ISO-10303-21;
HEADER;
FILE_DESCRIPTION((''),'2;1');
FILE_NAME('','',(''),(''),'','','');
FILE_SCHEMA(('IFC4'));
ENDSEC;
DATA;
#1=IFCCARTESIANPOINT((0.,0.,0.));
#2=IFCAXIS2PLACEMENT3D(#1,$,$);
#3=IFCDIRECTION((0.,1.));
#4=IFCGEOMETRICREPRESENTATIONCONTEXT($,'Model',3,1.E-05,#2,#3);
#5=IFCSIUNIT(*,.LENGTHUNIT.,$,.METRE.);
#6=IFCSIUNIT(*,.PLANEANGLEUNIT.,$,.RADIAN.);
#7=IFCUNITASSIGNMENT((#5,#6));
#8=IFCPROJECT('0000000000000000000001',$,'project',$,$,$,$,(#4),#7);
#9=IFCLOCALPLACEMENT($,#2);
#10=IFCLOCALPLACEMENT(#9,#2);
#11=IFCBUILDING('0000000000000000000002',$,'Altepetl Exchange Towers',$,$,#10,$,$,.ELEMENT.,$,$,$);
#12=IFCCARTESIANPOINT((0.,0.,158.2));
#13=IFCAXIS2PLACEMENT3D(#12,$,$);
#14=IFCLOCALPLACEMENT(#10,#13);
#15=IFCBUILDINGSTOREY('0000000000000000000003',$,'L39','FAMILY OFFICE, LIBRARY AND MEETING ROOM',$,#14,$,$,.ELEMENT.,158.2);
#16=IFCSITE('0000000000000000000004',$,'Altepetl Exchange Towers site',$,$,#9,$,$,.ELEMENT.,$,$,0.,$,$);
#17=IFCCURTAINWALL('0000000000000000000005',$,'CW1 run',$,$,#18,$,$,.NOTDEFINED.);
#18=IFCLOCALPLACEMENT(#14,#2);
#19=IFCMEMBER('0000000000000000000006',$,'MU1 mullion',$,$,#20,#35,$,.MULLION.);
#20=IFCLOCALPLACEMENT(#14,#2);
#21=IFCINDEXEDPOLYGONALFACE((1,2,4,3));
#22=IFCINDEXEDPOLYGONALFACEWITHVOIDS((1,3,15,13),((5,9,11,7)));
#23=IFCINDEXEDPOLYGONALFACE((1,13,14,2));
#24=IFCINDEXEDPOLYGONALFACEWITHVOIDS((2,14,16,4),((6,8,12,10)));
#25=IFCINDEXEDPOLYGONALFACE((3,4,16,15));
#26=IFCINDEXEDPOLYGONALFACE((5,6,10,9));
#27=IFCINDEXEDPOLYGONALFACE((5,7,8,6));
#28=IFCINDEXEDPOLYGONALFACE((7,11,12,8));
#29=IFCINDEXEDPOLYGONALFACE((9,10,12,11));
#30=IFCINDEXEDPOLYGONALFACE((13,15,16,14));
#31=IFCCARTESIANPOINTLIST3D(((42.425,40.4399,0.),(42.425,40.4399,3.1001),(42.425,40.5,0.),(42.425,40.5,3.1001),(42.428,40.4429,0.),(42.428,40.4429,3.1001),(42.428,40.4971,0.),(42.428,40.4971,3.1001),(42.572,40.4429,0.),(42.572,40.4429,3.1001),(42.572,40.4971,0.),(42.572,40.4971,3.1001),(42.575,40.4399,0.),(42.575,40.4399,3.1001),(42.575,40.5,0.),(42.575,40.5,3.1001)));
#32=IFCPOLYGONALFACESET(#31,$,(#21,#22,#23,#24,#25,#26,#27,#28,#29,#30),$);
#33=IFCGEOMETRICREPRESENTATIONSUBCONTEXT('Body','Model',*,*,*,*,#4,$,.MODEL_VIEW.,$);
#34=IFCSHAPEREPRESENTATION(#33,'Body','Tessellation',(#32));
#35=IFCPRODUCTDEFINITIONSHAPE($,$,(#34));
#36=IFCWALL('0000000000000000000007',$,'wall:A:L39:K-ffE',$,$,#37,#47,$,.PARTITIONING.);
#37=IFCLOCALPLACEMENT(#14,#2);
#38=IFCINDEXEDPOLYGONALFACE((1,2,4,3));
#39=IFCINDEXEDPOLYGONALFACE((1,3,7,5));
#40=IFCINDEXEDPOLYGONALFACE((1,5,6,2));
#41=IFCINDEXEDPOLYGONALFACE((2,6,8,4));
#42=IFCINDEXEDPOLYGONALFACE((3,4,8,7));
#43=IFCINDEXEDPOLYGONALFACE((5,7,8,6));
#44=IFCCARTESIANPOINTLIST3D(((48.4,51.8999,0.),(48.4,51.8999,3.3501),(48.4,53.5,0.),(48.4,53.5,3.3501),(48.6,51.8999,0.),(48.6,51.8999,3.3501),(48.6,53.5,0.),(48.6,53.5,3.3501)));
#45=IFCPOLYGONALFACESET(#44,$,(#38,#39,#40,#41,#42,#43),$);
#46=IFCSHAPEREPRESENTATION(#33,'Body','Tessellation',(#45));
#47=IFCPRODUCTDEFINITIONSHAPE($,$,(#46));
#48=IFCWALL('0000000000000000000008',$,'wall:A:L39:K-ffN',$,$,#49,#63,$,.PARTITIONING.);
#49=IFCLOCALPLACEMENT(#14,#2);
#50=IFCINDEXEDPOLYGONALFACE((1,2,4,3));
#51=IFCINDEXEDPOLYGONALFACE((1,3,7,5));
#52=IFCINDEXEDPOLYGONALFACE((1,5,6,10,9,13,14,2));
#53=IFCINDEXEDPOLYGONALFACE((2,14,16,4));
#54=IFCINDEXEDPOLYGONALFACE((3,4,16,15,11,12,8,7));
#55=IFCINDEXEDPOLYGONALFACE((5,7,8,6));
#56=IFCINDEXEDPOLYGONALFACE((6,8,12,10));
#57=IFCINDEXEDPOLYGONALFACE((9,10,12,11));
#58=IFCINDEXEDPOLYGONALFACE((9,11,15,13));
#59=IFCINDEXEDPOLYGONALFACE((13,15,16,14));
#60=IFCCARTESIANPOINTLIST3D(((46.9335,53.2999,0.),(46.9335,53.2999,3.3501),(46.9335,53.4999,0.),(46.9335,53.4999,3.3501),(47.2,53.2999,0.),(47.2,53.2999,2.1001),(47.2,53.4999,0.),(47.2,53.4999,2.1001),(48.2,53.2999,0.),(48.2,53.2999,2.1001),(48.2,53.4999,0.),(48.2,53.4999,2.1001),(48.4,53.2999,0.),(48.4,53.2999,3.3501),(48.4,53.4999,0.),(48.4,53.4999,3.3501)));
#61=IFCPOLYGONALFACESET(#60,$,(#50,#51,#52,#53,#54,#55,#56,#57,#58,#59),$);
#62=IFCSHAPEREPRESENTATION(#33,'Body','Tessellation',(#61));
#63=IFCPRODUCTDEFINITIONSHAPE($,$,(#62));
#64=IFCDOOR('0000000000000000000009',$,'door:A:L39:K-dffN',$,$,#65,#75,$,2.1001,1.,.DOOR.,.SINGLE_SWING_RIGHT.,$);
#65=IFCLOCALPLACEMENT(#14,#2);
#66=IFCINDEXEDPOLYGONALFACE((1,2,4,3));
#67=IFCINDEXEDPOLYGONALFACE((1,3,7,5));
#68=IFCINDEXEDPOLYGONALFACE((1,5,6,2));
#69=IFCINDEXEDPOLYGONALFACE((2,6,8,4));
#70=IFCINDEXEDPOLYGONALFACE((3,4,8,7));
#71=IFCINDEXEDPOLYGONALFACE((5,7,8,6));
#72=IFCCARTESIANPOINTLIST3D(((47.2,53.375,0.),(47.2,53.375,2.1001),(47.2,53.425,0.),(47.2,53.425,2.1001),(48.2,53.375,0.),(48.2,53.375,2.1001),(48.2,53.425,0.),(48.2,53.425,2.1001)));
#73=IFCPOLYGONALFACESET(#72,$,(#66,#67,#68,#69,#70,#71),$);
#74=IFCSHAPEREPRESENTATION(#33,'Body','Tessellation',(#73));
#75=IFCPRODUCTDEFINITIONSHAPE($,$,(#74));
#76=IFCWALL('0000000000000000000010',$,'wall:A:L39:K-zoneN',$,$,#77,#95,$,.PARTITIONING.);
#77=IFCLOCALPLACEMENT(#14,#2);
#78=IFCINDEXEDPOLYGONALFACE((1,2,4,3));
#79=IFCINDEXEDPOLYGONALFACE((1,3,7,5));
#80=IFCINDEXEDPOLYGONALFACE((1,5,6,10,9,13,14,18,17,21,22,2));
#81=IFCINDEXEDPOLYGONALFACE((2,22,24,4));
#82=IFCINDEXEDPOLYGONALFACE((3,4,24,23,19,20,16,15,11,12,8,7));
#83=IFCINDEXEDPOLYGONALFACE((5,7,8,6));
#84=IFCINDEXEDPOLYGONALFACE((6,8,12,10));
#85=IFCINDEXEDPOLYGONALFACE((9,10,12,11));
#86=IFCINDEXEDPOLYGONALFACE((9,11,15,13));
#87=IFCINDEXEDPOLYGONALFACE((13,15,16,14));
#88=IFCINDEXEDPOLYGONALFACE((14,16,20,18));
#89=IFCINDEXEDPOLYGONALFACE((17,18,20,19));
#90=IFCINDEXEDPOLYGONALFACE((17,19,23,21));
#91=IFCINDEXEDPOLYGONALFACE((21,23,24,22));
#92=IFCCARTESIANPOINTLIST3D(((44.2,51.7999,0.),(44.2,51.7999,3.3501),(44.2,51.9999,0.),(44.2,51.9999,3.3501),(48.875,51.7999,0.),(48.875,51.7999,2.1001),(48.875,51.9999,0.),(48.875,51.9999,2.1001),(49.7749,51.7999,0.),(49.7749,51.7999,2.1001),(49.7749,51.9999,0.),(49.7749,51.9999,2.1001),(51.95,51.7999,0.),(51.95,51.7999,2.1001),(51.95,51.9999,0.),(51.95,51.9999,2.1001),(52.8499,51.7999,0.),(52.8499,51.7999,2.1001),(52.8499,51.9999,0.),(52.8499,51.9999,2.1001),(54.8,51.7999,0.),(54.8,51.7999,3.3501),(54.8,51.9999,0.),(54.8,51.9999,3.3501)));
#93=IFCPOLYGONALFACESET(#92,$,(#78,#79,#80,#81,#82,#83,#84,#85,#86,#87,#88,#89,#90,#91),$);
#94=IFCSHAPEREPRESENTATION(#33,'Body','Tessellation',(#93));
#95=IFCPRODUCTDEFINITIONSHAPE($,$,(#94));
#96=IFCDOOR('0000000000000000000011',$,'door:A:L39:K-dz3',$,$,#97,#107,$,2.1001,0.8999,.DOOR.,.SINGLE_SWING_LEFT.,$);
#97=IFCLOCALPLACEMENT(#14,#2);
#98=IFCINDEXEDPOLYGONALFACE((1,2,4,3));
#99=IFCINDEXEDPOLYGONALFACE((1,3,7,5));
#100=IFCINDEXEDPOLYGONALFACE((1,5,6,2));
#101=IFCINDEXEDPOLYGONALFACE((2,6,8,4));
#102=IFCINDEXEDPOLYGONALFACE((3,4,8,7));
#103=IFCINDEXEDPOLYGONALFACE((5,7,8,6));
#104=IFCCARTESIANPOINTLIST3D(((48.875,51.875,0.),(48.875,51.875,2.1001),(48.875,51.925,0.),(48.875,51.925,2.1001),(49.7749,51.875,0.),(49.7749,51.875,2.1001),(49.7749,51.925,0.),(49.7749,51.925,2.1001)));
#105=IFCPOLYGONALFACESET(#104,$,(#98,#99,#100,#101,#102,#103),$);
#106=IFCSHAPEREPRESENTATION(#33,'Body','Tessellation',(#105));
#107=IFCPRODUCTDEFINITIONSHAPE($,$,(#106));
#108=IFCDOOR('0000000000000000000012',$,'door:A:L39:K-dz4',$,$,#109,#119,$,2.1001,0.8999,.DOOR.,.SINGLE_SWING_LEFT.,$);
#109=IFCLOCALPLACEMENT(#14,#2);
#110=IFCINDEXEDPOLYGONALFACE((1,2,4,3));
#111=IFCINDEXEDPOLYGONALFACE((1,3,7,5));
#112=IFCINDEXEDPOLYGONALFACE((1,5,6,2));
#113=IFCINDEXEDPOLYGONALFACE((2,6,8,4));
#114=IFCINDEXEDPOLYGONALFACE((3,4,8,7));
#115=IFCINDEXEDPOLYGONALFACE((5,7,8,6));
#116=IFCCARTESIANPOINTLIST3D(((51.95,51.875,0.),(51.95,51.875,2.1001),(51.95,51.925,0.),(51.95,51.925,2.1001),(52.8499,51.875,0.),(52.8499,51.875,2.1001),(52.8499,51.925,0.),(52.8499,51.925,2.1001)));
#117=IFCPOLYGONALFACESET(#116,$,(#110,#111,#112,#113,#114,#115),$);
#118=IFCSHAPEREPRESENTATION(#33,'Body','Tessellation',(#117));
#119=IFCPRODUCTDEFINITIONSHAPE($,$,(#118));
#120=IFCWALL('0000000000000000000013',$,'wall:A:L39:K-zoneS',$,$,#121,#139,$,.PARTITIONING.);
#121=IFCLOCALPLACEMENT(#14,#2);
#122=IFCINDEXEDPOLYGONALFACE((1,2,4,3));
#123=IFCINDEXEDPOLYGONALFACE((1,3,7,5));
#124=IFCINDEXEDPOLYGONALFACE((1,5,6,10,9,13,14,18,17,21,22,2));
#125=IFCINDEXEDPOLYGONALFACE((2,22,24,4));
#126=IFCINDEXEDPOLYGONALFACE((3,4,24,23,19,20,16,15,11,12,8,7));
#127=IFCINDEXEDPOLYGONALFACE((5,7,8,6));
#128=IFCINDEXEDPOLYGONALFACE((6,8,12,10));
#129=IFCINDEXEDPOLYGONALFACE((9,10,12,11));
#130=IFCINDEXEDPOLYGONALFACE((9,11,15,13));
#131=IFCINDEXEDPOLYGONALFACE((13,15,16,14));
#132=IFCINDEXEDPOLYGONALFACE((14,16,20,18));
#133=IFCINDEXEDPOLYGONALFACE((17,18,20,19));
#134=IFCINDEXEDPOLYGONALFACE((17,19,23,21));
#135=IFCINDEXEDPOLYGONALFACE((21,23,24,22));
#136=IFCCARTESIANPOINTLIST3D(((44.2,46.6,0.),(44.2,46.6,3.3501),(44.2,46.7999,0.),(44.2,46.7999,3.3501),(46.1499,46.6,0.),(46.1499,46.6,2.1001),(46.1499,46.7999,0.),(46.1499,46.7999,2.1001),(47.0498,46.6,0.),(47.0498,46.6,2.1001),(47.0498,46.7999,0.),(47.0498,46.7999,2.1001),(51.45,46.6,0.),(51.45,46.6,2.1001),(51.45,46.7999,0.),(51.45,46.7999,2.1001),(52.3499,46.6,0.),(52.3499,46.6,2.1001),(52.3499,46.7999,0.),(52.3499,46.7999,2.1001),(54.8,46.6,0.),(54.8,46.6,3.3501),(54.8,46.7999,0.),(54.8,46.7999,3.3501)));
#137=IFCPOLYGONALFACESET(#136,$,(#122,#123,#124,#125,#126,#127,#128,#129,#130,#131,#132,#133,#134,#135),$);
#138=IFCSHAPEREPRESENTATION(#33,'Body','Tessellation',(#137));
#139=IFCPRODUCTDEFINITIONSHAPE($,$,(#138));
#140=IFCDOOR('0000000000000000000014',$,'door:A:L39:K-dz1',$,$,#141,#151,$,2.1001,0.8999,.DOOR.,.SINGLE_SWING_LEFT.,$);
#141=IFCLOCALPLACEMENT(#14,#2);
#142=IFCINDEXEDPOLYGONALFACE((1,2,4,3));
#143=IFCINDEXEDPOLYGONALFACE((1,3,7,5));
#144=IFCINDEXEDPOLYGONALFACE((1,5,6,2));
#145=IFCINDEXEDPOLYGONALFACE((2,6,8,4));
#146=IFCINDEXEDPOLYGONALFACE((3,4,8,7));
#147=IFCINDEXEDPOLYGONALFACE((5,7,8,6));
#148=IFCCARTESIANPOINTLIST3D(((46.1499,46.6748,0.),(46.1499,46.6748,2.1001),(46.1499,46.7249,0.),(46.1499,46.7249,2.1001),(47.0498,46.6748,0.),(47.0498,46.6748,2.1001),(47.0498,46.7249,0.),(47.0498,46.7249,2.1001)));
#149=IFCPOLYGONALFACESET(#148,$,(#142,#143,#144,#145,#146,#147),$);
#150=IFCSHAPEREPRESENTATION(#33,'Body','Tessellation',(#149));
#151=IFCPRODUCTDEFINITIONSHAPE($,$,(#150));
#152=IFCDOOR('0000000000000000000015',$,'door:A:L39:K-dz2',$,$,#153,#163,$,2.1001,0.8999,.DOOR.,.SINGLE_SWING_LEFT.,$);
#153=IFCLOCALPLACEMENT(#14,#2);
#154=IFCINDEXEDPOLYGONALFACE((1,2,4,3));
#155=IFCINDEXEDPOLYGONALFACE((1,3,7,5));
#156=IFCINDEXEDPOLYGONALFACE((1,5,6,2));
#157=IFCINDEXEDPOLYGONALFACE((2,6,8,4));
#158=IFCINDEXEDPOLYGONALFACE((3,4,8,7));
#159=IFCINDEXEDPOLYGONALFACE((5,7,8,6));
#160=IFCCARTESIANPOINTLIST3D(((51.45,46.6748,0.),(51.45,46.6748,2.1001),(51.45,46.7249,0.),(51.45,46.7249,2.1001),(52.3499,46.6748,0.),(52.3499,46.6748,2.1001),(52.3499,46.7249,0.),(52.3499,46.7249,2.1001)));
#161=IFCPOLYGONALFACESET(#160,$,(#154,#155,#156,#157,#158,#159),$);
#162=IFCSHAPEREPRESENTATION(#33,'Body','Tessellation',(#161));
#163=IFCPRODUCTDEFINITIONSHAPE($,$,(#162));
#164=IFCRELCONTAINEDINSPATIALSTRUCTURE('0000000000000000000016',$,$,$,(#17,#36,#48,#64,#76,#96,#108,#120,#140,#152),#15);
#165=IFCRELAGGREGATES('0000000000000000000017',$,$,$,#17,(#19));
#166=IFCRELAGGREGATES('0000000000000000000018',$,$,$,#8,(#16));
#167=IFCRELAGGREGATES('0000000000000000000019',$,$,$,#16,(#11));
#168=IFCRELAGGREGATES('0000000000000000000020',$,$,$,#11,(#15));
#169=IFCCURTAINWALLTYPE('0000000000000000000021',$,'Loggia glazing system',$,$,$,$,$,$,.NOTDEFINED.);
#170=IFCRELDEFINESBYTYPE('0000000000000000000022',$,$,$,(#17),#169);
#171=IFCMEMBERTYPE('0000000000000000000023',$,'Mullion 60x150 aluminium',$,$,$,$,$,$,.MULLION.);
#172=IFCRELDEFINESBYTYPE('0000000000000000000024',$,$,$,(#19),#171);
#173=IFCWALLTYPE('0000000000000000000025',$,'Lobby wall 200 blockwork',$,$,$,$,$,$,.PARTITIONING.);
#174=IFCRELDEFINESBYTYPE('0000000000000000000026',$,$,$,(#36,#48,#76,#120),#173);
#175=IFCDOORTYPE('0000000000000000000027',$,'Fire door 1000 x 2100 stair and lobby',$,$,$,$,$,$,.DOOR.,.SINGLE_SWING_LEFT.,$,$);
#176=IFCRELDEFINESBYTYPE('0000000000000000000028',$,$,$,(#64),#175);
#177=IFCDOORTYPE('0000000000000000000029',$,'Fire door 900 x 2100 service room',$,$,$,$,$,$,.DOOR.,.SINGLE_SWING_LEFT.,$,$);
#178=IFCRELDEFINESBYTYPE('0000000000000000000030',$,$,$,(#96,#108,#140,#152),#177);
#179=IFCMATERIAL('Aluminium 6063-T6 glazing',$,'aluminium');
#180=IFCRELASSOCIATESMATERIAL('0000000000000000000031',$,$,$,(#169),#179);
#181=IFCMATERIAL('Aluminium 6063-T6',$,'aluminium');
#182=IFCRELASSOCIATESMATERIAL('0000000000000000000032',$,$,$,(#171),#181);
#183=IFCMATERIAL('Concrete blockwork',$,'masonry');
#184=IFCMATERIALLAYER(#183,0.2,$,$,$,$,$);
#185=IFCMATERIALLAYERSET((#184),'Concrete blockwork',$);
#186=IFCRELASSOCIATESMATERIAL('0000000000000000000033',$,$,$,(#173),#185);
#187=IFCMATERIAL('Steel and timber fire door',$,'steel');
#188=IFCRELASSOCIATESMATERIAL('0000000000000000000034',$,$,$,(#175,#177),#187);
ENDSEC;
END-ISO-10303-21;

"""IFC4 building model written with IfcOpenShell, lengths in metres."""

from ifc_helpers import new_model, si_unit, direction, frame, frame_2d, origin, origin_2d, place, context, subcontext, project, spatial, rectangle, hollow_rectangle, extrude, material, layer, layer_set, material_profile, profile_set, type_object, element, fill, aggregate, save


model = new_model("IFC4")

# Units and contexts
model_context = context("Model", 3, precision=1e-05, world=origin(), true_north=direction((0.0, 1.0)))
body_context = subcontext(model_context, "Body", "Model", "MODEL_VIEW")
ifc_project = project(units=[si_unit("LENGTHUNIT", "METRE"), si_unit("PLANEANGLEUNIT", "RADIAN")], contexts=[model_context])

# Site, building, storey
site_placement = place(None, origin())
site = spatial("IfcSite", under=ifc_project, at=site_placement, Name="Altepetl Exchange Towers site", CompositionType="ELEMENT", RefElevation=0.0)
building_placement = place(site_placement, origin())
building = spatial("IfcBuilding", under=site, at=building_placement, Name="Altepetl Exchange Towers", CompositionType="ELEMENT")
storey_placement = place(building_placement, frame((0.0, 0.0, 158.2)))
storey = spatial("IfcBuildingStorey", under=building, at=storey_placement, Name="L39", Description="FAMILY OFFICE, LIBRARY AND MEETING ROOM", CompositionType="ELEMENT", Elevation=158.2)

# Curtain wall, member
ifc_material_1 = material(Name="Aluminium 6063-T6 glazing", Category="aluminium")
curtain_wall_type = type_object("IfcCurtainWallType", Name="Loggia glazing system", PredefinedType="NOTDEFINED", material=ifc_material_1)
curtain_wall_placement = place(storey_placement, origin())
curtain_wall = element("IfcCurtainWall", 1, at=curtain_wall_placement, inside=storey, type_object=curtain_wall_type, Name="CW1 run", PredefinedType="NOTDEFINED")
ifc_material_2 = material(Name="Aluminium 6063-T6", Category="aluminium")
ifc_material_profile = material_profile(ifc_material_2, hollow_rectangle(XDim=0.0601, YDim=0.1499, WallThickness=0.0029, at=origin_2d()), Name="Mullion 60x150 aluminium")
ifc_profile_set = profile_set([ifc_material_profile], Name="Aluminium 6063-T6")
member_type = type_object("IfcMemberType", Name="Mullion 60x150 aluminium", PredefinedType="MULLION", material=ifc_profile_set)
member_placement = place(storey_placement, frame((42.5, 40.47, 0.0), z_axis=(0.0, 0.0, 1.0), x_axis=(0.0, -1.0, 0.0)))
member = element("IfcMember", 2, at=member_placement, type_object=member_type, Name="MU1 mullion", PredefinedType="MULLION", context=body_context, shape_type="SweptSolid", body=[
    extrude(hollow_rectangle(XDim=0.0601, YDim=0.1499, WallThickness=0.0029, at=origin_2d()), origin(), (0.0, 0.0, 1.0), 3.1001),
])
aggregate(curtain_wall, [member])

# Wall
ifc_material_3 = material(Name="Concrete blockwork", Category="masonry")
ifc_layer_1 = layer(ifc_material_3, 0.2)
ifc_layer_set_1 = layer_set([ifc_layer_1], Name="Concrete blockwork")
wall_type_1 = type_object("IfcWallType", Name="Lobby wall 200 blockwork", PredefinedType="PARTITIONING", material=ifc_layer_set_1)
wall_1_placement = place(storey_placement, frame((48.5, 51.8999, 0.0), z_axis=(0.0, 0.0, 1.0), x_axis=(0.0, 1.0, 0.0)))
element("IfcWall", 3, at=wall_1_placement, inside=storey, type_object=wall_type_1, Name="wall:A:L39:K-ffE", PredefinedType="PARTITIONING", context=body_context, shape_type="SweptSolid", body=[
    extrude(rectangle(XDim=1.6001, YDim=0.2, at=frame_2d((0.8, 0.0))), origin(), (0.0, 0.0, 1.0), 3.3501),
])

# Wall, opening, door
wall_2_placement = place(storey_placement, frame((46.9333, 53.3999, 0.0)))
wall_2 = element("IfcWall", 4, at=wall_2_placement, inside=storey, type_object=wall_type_1, Name="wall:A:L39:K-ffN", PredefinedType="PARTITIONING", context=body_context, shape_type="SweptSolid", body=[
    extrude(rectangle(XDim=1.4666, YDim=0.2, at=frame_2d((0.7334, 0.0))), origin(), (0.0, 0.0, 1.0), 3.3501),
])
opening_1_placement = place(wall_2_placement, frame((0.2666, 0.0, 0.0)))
opening_1 = element("IfcOpeningElement", 5, at=opening_1_placement, cuts=wall_2, PredefinedType="OPENING", context=body_context, shape_type="SweptSolid", body=[
    extrude(rectangle(XDim=1.0, YDim=2.1001, at=frame_2d((0.5, 1.05))), frame((0.0, 0.1099, 0.0), z_axis=(0.0, -1.0, 0.0), x_axis=(1.0, 0.0, 0.0)), (0.0, 0.0, 1.0), 0.22),
])
ifc_material_4 = material(Name="Steel and timber fire door", Category="steel")
door_type_1 = type_object("IfcDoorType", Name="Fire door 1000 x 2100 stair and lobby", OperationType="SINGLE_SWING_LEFT", PredefinedType="DOOR", material=ifc_material_4)
door_1_placement = place(opening_1_placement, frame((1.0, 0.0, 0.0), x_axis=(-1.0, 0.0, 0.0)))
door_1 = element("IfcDoor", 6, at=door_1_placement, inside=storey, type_object=door_type_1, Name="door:A:L39:K-dffN", OperationType="SINGLE_SWING_RIGHT", OverallHeight=2.1001, OverallWidth=1.0, PredefinedType="DOOR", context=body_context, shape_type="SweptSolid", body=[
    extrude(rectangle(XDim=1.0, YDim=2.1001, at=frame_2d((0.5, 1.05))), frame((0.0, 0.0249, 0.0), z_axis=(0.0, -1.0, 0.0), x_axis=(1.0, 0.0, 0.0)), (0.0, 0.0, 1.0), 0.05),
])
fill(opening_1, door_1)

# Walls, openings, doors
wall_3_placement = place(storey_placement, frame((44.2, 51.8999, 0.0)))
wall_3 = element("IfcWall", 7, at=wall_3_placement, inside=storey, type_object=wall_type_1, Name="wall:A:L39:K-zoneN", PredefinedType="PARTITIONING", context=body_context, shape_type="SweptSolid", body=[
    extrude(rectangle(XDim=10.6001, YDim=0.2, at=frame_2d((5.3, 0.0))), origin(), (0.0, 0.0, 1.0), 3.3501),
])
opening_2_placement = place(wall_3_placement, frame((4.675, 0.0, 0.0)))
opening_2 = element("IfcOpeningElement", 8, at=opening_2_placement, cuts=wall_3, PredefinedType="OPENING", context=body_context, shape_type="SweptSolid", body=[
    extrude(rectangle(XDim=0.8999, YDim=2.1001, at=frame_2d((0.45, 1.05))), frame((0.0, 0.1099, 0.0), z_axis=(0.0, -1.0, 0.0), x_axis=(1.0, 0.0, 0.0)), (0.0, 0.0, 1.0), 0.22),
])
opening_3_placement = place(wall_3_placement, frame((7.75, 0.0, 0.0)))
opening_3 = element("IfcOpeningElement", 9, at=opening_3_placement, cuts=wall_3, PredefinedType="OPENING", context=body_context, shape_type="SweptSolid", body=[
    extrude(rectangle(XDim=0.8999, YDim=2.1001, at=frame_2d((0.45, 1.05))), frame((0.0, 0.1099, 0.0), z_axis=(0.0, -1.0, 0.0), x_axis=(1.0, 0.0, 0.0)), (0.0, 0.0, 1.0), 0.22),
])
door_type_2 = type_object("IfcDoorType", Name="Fire door 900 x 2100 service room", OperationType="SINGLE_SWING_LEFT", PredefinedType="DOOR", material=ifc_material_4)
door_2_placement = place(opening_2_placement, frame((0.8999, 0.0, 0.0), x_axis=(-1.0, 0.0, 0.0)))
door_2 = element("IfcDoor", 10, at=door_2_placement, inside=storey, type_object=door_type_2, Name="door:A:L39:K-dz3", OperationType="SINGLE_SWING_LEFT", OverallHeight=2.1001, OverallWidth=0.8999, PredefinedType="DOOR", context=body_context, shape_type="SweptSolid", body=[
    extrude(rectangle(XDim=0.8999, YDim=2.1001, at=frame_2d((0.45, 1.05))), frame((0.0, 0.0249, 0.0), z_axis=(0.0, -1.0, 0.0), x_axis=(1.0, 0.0, 0.0)), (0.0, 0.0, 1.0), 0.05),
])
fill(opening_2, door_2)
door_3_placement = place(opening_3_placement, frame((0.8999, 0.0, 0.0), x_axis=(-1.0, 0.0, 0.0)))
door_3 = element("IfcDoor", 11, at=door_3_placement, inside=storey, type_object=door_type_2, Name="door:A:L39:K-dz4", OperationType="SINGLE_SWING_LEFT", OverallHeight=2.1001, OverallWidth=0.8999, PredefinedType="DOOR", context=body_context, shape_type="SweptSolid", body=[
    extrude(rectangle(XDim=0.8999, YDim=2.1001, at=frame_2d((0.45, 1.05))), frame((0.0, 0.0249, 0.0), z_axis=(0.0, -1.0, 0.0), x_axis=(1.0, 0.0, 0.0)), (0.0, 0.0, 1.0), 0.05),
])
fill(opening_3, door_3)
wall_4_placement = place(storey_placement, frame((44.2, 46.7, 0.0)))
wall_4 = element("IfcWall", 12, at=wall_4_placement, inside=storey, type_object=wall_type_1, Name="wall:A:L39:K-zoneS", PredefinedType="PARTITIONING", context=body_context, shape_type="SweptSolid", body=[
    extrude(rectangle(XDim=10.6001, YDim=0.2, at=frame_2d((5.3, 0.0))), origin(), (0.0, 0.0, 1.0), 3.3501),
])
opening_4_placement = place(wall_4_placement, frame((1.95, 0.0, 0.0)))
opening_4 = element("IfcOpeningElement", 13, at=opening_4_placement, cuts=wall_4, PredefinedType="OPENING", context=body_context, shape_type="SweptSolid", body=[
    extrude(rectangle(XDim=0.8999, YDim=2.1001, at=frame_2d((0.45, 1.05))), frame((0.0, 0.1099, 0.0), z_axis=(0.0, -1.0, 0.0), x_axis=(1.0, 0.0, 0.0)), (0.0, 0.0, 1.0), 0.22),
])
opening_5_placement = place(wall_4_placement, frame((7.25, 0.0, 0.0)))
opening_5 = element("IfcOpeningElement", 14, at=opening_5_placement, cuts=wall_4, PredefinedType="OPENING", context=body_context, shape_type="SweptSolid", body=[
    extrude(rectangle(XDim=0.8999, YDim=2.1001, at=frame_2d((0.45, 1.05))), frame((0.0, 0.1099, 0.0), z_axis=(0.0, -1.0, 0.0), x_axis=(1.0, 0.0, 0.0)), (0.0, 0.0, 1.0), 0.22),
])
door_4_placement = place(opening_4_placement, origin())
door_4 = element("IfcDoor", 15, at=door_4_placement, inside=storey, type_object=door_type_2, Name="door:A:L39:K-dz1", OperationType="SINGLE_SWING_LEFT", OverallHeight=2.1001, OverallWidth=0.8999, PredefinedType="DOOR", context=body_context, shape_type="SweptSolid", body=[
    extrude(rectangle(XDim=0.8999, YDim=2.1001, at=frame_2d((0.45, 1.05))), frame((0.0, 0.0249, 0.0), z_axis=(0.0, -1.0, 0.0), x_axis=(1.0, 0.0, 0.0)), (0.0, 0.0, 1.0), 0.05),
])
fill(opening_4, door_4)
door_5_placement = place(opening_5_placement, origin())
door_5 = element("IfcDoor", 16, at=door_5_placement, inside=storey, type_object=door_type_2, Name="door:A:L39:K-dz2", OperationType="SINGLE_SWING_LEFT", OverallHeight=2.1001, OverallWidth=0.8999, PredefinedType="DOOR", context=body_context, shape_type="SweptSolid", body=[
    extrude(rectangle(XDim=0.8999, YDim=2.1001, at=frame_2d((0.45, 1.05))), frame((0.0, 0.0249, 0.0), z_axis=(0.0, -1.0, 0.0), x_axis=(1.0, 0.0, 0.0)), (0.0, 0.0, 1.0), 0.05),
])
fill(opening_5, door_5)

save(model, "model.ifc")
